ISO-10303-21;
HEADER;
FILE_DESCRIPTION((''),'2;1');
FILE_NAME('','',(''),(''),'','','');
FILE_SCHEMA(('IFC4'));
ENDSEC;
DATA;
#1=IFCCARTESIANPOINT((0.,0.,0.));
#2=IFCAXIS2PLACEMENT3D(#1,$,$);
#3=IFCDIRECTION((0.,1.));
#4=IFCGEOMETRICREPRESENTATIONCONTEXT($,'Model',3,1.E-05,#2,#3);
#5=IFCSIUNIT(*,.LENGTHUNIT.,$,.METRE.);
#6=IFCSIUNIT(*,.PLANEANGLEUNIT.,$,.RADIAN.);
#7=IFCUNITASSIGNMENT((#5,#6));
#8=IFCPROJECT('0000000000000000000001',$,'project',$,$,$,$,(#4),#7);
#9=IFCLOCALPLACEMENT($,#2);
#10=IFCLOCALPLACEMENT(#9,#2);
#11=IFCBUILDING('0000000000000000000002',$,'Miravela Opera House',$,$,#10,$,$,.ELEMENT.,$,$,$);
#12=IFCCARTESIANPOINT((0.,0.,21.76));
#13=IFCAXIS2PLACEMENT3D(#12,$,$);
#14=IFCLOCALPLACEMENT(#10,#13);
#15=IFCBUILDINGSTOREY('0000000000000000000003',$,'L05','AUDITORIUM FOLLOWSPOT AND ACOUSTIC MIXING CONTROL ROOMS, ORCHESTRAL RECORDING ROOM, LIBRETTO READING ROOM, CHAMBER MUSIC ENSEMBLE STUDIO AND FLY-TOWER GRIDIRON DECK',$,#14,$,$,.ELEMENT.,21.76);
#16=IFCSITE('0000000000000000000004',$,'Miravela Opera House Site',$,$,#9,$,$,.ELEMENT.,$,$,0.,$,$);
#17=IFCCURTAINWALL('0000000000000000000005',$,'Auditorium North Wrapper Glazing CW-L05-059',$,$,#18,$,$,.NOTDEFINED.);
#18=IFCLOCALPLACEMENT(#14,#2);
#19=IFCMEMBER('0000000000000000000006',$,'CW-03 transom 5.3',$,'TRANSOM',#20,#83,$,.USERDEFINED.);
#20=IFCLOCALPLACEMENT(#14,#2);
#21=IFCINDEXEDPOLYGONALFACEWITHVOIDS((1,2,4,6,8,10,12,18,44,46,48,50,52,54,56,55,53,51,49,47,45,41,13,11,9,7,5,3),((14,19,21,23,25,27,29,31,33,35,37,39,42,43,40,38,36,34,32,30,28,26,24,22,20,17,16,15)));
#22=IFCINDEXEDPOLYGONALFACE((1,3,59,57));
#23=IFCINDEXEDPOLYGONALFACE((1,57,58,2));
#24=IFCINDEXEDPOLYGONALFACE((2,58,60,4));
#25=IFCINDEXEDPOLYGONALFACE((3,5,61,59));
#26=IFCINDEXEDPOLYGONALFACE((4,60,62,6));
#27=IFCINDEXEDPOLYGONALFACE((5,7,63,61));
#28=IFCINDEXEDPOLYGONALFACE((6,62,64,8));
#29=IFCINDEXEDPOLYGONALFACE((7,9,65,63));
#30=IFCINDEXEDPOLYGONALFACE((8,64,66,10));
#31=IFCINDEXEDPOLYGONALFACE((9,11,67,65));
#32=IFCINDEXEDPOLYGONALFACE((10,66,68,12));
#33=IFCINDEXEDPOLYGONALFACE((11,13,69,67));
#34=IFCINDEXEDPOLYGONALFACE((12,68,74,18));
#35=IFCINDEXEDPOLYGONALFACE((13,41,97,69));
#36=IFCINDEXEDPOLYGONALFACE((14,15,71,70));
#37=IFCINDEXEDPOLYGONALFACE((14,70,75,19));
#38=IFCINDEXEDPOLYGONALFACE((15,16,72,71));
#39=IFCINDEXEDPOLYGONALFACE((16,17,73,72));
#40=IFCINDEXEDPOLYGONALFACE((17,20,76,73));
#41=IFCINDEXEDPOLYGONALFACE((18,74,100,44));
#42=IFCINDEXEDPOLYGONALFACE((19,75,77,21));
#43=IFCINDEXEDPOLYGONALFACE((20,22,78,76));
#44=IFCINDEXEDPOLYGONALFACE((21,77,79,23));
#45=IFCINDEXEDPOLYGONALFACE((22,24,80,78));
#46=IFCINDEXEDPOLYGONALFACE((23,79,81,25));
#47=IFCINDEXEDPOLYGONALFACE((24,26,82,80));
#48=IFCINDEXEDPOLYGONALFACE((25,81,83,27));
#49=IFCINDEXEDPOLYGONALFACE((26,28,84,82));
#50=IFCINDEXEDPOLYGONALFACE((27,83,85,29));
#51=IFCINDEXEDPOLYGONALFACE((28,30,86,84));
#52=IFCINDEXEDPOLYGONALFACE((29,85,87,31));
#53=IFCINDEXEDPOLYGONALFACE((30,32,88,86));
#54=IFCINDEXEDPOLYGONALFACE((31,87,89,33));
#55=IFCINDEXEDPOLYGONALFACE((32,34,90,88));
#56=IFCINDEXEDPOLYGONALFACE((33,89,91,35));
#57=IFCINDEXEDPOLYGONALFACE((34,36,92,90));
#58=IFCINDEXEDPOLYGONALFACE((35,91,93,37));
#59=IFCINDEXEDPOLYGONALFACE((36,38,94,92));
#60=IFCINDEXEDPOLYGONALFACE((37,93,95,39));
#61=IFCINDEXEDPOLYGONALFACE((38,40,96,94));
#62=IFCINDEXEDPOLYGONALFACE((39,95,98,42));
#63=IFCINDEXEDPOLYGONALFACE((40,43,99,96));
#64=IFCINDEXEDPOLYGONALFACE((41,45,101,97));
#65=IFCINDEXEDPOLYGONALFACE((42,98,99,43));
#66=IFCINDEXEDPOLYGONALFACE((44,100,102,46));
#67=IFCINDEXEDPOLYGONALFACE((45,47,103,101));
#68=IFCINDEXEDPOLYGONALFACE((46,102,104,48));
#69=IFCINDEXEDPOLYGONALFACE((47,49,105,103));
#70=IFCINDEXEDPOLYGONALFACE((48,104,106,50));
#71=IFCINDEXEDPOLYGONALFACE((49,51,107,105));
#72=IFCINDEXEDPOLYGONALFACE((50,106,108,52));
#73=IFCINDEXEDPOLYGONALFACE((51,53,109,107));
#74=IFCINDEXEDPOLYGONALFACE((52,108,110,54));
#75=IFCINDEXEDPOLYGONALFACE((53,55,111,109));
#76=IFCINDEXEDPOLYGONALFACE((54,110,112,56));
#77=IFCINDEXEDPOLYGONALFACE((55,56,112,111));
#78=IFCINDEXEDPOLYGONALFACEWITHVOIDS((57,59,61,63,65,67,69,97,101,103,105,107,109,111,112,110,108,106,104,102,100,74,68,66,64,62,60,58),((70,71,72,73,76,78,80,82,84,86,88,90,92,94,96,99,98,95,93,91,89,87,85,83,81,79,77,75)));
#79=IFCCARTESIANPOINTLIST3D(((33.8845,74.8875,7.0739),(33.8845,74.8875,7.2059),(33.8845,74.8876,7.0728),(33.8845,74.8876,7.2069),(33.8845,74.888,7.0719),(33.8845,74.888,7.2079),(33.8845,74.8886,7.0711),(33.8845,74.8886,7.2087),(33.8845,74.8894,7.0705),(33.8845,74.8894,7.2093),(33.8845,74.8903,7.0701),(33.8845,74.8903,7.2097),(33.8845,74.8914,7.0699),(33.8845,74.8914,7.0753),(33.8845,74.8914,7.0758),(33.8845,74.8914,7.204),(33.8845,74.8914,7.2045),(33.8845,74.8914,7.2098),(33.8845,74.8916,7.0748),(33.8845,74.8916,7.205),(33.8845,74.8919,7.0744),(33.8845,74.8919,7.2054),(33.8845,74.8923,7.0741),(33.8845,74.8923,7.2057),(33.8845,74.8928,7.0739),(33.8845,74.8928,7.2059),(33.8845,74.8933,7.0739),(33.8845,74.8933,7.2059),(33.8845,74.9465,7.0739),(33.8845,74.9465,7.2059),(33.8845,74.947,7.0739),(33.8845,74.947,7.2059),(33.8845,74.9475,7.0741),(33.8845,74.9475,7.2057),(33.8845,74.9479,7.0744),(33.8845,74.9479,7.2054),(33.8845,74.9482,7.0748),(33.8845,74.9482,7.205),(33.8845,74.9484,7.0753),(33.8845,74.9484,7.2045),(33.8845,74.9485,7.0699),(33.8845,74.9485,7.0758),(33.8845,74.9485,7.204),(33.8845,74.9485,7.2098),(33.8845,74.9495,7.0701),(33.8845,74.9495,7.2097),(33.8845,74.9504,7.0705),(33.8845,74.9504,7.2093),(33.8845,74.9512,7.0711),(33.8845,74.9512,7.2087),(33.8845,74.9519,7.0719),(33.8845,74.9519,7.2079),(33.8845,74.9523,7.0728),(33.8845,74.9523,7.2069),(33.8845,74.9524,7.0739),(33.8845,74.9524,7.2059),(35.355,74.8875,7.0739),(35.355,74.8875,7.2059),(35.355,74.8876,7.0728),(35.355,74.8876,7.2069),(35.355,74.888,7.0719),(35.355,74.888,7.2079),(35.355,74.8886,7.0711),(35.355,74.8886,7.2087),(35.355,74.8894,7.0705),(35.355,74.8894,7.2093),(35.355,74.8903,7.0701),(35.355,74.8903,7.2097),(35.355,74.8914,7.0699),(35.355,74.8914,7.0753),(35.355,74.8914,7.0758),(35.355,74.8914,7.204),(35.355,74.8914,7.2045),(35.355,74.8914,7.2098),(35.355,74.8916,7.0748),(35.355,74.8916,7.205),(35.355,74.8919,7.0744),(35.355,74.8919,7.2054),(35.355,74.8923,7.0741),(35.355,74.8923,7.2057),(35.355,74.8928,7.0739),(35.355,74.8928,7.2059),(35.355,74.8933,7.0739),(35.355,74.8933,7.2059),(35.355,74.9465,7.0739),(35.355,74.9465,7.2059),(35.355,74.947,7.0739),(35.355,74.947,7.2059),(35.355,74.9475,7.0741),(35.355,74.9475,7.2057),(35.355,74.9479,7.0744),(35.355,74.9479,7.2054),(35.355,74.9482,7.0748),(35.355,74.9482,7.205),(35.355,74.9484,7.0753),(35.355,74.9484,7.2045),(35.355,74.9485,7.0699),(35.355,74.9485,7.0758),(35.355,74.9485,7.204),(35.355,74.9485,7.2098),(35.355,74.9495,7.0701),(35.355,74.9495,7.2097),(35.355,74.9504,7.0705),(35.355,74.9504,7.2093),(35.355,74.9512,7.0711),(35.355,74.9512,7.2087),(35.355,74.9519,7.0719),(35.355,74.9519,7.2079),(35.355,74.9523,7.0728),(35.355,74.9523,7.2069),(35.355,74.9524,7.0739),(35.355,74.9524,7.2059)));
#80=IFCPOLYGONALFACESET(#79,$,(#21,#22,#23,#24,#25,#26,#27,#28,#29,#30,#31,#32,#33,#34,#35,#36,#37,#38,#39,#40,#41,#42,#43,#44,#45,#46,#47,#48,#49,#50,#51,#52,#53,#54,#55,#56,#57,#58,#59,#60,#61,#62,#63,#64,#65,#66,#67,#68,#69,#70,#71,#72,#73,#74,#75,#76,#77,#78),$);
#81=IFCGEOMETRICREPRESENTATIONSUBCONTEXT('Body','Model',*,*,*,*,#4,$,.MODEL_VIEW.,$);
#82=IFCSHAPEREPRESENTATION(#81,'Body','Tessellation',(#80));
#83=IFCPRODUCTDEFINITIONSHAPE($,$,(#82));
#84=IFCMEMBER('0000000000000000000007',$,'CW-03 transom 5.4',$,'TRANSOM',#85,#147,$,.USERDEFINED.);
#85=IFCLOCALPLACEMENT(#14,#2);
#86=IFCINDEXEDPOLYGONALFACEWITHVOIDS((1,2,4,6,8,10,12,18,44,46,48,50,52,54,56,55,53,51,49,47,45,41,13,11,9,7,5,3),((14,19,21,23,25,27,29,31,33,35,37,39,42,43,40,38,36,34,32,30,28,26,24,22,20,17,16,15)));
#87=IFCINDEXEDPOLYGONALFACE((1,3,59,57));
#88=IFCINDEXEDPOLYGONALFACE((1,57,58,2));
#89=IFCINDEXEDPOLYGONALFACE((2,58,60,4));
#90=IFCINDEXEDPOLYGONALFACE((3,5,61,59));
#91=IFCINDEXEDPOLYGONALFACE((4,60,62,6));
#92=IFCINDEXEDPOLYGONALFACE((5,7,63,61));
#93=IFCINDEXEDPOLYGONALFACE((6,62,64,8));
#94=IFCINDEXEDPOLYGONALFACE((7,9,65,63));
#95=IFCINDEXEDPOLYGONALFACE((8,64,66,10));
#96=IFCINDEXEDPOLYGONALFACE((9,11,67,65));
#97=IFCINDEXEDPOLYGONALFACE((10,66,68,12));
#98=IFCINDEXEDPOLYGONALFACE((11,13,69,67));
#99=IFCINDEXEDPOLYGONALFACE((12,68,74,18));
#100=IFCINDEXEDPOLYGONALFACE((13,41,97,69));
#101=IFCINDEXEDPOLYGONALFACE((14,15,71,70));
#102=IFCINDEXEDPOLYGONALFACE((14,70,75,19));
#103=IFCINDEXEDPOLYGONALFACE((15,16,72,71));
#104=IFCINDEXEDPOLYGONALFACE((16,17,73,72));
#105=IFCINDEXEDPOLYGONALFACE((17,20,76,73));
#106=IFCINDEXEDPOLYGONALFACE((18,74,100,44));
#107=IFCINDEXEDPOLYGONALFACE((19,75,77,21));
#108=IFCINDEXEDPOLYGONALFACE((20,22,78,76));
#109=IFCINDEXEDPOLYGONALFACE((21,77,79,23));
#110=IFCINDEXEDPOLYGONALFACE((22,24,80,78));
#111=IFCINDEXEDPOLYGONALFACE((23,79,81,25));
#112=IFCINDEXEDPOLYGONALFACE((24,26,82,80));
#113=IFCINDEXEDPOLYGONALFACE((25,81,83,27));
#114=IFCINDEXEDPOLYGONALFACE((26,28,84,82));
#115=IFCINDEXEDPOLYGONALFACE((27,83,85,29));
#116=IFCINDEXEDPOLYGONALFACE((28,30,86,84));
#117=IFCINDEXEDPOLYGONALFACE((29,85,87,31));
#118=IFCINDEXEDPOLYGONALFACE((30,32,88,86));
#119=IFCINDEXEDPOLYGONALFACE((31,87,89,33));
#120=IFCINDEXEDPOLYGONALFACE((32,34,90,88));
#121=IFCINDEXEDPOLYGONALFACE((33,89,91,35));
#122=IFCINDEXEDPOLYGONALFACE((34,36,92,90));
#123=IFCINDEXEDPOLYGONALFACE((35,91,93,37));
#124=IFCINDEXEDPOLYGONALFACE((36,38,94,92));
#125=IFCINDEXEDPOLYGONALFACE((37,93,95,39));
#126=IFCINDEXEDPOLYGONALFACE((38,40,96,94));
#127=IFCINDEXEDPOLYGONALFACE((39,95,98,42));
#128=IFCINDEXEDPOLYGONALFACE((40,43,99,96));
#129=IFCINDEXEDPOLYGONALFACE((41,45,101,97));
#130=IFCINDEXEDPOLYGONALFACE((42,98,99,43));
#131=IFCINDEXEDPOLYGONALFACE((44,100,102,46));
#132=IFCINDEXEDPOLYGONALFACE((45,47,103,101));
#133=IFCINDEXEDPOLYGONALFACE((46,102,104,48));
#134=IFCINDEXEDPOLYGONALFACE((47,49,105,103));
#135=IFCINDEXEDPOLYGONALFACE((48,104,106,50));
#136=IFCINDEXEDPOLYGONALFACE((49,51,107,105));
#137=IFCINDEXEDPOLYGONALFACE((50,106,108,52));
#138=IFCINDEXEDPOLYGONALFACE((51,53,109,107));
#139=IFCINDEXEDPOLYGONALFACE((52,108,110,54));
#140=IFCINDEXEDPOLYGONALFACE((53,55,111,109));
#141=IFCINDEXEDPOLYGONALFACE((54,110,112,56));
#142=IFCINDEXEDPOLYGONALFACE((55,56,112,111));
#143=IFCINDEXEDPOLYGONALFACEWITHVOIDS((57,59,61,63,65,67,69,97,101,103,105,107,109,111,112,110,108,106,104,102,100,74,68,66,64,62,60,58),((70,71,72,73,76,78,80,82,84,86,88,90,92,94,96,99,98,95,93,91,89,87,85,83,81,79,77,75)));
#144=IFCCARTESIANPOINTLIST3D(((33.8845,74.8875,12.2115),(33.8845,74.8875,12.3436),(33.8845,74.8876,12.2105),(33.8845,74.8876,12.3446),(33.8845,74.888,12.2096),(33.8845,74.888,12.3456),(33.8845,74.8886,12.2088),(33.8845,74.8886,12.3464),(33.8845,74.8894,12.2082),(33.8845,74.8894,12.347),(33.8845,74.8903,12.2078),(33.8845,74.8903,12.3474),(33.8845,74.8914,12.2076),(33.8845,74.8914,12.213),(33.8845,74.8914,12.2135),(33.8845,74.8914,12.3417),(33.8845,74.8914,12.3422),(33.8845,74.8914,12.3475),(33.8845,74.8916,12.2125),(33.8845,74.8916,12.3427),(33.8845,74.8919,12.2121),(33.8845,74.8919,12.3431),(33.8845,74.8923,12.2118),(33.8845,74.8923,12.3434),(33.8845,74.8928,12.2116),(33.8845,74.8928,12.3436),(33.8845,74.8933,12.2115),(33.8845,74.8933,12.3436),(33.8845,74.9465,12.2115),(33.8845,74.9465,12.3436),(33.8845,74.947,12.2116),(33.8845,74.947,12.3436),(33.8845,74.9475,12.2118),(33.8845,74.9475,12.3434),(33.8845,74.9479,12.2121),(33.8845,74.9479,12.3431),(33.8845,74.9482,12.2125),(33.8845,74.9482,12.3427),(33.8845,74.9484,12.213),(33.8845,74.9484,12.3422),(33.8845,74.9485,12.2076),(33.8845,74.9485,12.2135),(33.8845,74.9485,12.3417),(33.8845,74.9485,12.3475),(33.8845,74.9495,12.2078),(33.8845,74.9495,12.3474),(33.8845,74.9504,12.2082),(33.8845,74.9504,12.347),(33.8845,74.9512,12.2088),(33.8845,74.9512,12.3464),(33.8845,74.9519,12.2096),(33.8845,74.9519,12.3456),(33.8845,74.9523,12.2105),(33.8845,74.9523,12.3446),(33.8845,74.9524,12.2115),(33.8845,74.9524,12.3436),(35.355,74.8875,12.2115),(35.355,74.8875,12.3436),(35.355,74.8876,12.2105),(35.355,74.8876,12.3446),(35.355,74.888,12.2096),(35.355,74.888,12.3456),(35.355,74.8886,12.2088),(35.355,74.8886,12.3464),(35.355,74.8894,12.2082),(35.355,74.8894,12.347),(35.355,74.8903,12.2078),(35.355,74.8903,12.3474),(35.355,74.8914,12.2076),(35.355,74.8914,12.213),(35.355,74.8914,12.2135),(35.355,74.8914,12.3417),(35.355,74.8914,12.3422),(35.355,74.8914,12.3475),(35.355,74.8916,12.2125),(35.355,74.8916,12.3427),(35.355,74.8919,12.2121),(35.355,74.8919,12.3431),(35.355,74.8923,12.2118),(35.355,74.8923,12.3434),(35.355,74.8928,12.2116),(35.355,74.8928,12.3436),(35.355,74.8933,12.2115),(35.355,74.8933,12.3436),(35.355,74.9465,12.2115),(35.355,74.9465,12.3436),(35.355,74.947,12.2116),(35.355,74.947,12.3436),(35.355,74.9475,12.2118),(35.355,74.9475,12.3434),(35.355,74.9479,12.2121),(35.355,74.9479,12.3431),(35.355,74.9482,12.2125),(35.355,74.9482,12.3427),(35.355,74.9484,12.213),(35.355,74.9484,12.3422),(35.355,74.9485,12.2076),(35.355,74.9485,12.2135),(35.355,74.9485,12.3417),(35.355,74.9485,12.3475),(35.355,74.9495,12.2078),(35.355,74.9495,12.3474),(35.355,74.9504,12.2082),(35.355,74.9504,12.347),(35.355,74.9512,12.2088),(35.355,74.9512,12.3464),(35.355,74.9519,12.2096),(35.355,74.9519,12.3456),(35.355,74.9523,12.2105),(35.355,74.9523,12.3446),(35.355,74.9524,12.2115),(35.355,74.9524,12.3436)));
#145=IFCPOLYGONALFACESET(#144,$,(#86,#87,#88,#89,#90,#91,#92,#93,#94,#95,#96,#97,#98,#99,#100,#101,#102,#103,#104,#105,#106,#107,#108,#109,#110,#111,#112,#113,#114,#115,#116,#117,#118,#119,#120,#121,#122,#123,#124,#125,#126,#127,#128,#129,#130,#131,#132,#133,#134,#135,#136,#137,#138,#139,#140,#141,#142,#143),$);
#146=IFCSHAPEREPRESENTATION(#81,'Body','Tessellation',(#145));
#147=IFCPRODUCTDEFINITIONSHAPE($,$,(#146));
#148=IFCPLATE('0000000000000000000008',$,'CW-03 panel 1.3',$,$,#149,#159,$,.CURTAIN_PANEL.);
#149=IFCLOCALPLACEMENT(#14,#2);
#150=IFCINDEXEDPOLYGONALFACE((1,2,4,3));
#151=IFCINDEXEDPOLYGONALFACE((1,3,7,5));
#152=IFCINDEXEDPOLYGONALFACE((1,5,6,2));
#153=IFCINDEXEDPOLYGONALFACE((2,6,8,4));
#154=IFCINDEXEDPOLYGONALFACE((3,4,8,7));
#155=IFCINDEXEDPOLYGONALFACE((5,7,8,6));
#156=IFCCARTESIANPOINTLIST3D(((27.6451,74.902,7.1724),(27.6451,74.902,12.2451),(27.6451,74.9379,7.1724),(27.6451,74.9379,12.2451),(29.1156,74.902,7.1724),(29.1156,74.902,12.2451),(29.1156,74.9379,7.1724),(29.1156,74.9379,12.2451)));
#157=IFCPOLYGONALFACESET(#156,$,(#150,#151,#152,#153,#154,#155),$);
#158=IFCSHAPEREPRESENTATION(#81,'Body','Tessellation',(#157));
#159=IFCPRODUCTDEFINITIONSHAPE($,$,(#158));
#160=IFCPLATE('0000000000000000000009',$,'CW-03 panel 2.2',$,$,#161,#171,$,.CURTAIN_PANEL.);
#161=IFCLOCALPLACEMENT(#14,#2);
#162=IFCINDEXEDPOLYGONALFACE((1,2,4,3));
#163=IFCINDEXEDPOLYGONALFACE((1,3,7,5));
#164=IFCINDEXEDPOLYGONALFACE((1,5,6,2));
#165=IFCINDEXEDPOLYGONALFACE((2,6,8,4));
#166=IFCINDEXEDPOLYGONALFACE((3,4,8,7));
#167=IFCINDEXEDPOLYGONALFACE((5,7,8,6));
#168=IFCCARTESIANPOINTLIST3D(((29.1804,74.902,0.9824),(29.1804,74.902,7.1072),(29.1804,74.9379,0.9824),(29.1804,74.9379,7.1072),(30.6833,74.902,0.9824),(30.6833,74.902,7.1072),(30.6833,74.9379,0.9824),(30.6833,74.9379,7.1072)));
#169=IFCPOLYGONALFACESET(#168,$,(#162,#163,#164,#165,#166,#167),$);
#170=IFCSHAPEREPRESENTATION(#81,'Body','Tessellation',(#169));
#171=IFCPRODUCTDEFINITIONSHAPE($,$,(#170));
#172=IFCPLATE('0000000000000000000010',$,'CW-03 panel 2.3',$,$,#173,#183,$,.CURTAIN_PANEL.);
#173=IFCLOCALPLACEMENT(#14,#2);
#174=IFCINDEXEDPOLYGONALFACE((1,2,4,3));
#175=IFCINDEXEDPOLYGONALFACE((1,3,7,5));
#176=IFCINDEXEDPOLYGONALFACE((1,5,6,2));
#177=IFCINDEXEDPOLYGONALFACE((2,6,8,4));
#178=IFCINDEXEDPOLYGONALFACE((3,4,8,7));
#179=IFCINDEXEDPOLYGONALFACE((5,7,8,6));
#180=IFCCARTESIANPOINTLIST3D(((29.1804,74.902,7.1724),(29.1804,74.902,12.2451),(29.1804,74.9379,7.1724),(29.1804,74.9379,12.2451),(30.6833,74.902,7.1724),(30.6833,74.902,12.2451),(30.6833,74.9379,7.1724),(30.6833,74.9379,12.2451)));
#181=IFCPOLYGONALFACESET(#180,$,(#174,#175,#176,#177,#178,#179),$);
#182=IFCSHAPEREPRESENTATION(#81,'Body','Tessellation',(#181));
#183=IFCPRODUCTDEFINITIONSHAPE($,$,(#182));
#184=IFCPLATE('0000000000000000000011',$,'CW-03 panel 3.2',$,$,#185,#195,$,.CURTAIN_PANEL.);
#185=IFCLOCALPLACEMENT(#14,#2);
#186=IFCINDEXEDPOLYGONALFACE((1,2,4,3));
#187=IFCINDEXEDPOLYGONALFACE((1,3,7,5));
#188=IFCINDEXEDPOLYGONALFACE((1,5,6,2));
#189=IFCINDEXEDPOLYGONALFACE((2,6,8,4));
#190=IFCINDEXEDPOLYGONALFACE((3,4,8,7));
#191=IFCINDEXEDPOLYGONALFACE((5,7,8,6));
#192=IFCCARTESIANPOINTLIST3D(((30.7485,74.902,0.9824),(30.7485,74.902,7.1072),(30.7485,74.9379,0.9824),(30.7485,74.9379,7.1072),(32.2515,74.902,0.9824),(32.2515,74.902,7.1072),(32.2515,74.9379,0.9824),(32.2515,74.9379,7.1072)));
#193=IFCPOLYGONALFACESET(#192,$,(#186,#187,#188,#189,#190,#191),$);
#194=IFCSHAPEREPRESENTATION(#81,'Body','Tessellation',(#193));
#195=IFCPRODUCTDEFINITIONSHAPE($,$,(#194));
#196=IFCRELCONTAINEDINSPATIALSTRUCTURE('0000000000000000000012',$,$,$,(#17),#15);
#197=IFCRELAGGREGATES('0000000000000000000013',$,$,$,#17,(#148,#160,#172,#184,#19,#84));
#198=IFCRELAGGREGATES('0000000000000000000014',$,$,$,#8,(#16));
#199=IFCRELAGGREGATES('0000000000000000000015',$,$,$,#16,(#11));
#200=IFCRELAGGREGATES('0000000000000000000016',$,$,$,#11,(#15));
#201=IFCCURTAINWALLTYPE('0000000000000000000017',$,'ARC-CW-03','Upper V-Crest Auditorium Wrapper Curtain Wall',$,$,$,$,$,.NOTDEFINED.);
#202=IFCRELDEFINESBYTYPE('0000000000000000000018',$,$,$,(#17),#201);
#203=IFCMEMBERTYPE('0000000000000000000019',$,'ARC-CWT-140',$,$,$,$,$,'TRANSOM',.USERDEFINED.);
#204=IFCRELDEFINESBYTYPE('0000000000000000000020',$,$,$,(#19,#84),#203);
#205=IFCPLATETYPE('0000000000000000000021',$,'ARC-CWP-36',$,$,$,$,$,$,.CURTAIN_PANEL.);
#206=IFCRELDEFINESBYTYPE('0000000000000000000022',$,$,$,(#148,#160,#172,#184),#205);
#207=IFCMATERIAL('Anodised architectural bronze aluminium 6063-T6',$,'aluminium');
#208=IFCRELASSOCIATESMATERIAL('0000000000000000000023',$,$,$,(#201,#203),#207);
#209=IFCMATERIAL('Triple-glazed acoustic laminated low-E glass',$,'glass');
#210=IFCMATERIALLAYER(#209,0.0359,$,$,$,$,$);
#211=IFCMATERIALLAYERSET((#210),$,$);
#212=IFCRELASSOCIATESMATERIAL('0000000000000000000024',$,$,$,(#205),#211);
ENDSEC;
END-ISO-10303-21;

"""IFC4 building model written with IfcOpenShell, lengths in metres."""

from ifc_helpers import new_model, si_unit, direction, frame, origin, origin_2d, place, context, subcontext, project, spatial, rectangle, hollow_rectangle, extrude, material, layer, layer_set, material_profile, profile_set, type_object, element, aggregate, save


model = new_model("IFC4")

# Units and contexts
model_context = context("Model", 3, precision=1e-05, world=origin(), true_north=direction((0.0, 1.0)))
body_context = subcontext(model_context, "Body", "Model", "MODEL_VIEW")
ifc_project = project(units=[si_unit("LENGTHUNIT", "METRE"), si_unit("PLANEANGLEUNIT", "RADIAN")], contexts=[model_context])

# Site, building, storey
site_placement = place(None, origin())
site = spatial("IfcSite", under=ifc_project, at=site_placement, Name="Miravela Opera House Site", CompositionType="ELEMENT", RefElevation=0.0)
building_placement = place(site_placement, origin())
building = spatial("IfcBuilding", under=site, at=building_placement, Name="Miravela Opera House", CompositionType="ELEMENT")
storey_placement = place(building_placement, frame((0.0, 0.0, 21.76)))
storey = spatial("IfcBuildingStorey", under=building, at=storey_placement, Name="L05", Description="AUDITORIUM FOLLOWSPOT AND ACOUSTIC MIXING CONTROL ROOMS, ORCHESTRAL RECORDING ROOM, LIBRETTO READING ROOM, CHAMBER MUSIC ENSEMBLE STUDIO AND FLY-TOWER GRIDIRON DECK", CompositionType="ELEMENT", Elevation=21.76)

# Curtain wall, members, plates
ifc_material_1 = material(Name="Anodised architectural bronze aluminium 6063-T6", Category="aluminium")
curtain_wall_type = type_object("IfcCurtainWallType", Name="ARC-CW-03", Description="Upper V-Crest Auditorium Wrapper Curtain Wall", PredefinedType="NOTDEFINED", material=ifc_material_1)
curtain_wall_placement = place(storey_placement, origin())
curtain_wall = element("IfcCurtainWall", 1, at=curtain_wall_placement, inside=storey, type_object=curtain_wall_type, Name="Auditorium North Wrapper Glazing CW-L05-059", PredefinedType="NOTDEFINED")
ifc_material_profile = material_profile(ifc_material_1, hollow_rectangle(XDim=0.0649, YDim=0.1399, WallThickness=0.0039, InnerFilletRadius=0.002, OuterFilletRadius=0.0039, at=origin_2d()), Name="CWT-65X140")
ifc_profile_set = profile_set([ifc_material_profile])
member_type = type_object("IfcMemberType", Name="ARC-CWT-140", ElementType="TRANSOM", PredefinedType="USERDEFINED", material=ifc_profile_set)
member_1_placement = place(storey_placement, frame((33.8845, 74.9199, 7.1399), z_axis=(1.0, 0.0, 0.0), x_axis=(0.0, 1.0, 0.0)))
member_1 = element("IfcMember", 2, at=member_1_placement, type_object=member_type, Name="CW-03 transom 5.3", ObjectType="TRANSOM", PredefinedType="USERDEFINED", context=body_context, shape_type="SweptSolid", body=[
    extrude(hollow_rectangle(XDim=0.0649, YDim=0.1399, WallThickness=0.0039, InnerFilletRadius=0.002, OuterFilletRadius=0.0039, at=origin_2d()), origin(), (0.0, 0.0, 1.0), 1.4705),
])
member_2_placement = place(storey_placement, frame((33.8845, 74.9199, 12.2776), z_axis=(1.0, 0.0, 0.0), x_axis=(0.0, 1.0, 0.0)))
member_2 = element("IfcMember", 3, at=member_2_placement, type_object=member_type, Name="CW-03 transom 5.4", ObjectType="TRANSOM", PredefinedType="USERDEFINED", context=body_context, shape_type="SweptSolid", body=[
    extrude(hollow_rectangle(XDim=0.0649, YDim=0.1399, WallThickness=0.0039, InnerFilletRadius=0.002, OuterFilletRadius=0.0039, at=origin_2d()), origin(), (0.0, 0.0, 1.0), 1.4705),
])
ifc_material_2 = material(Name="Triple-glazed acoustic laminated low-E glass", Category="glass")
ifc_layer_1 = layer(ifc_material_2, 0.0359)
ifc_layer_set_1 = layer_set([ifc_layer_1])
plate_type_1 = type_object("IfcPlateType", Name="ARC-CWP-36", PredefinedType="CURTAIN_PANEL", material=ifc_layer_set_1)
plate_1_placement = place(storey_placement, frame((28.3804, 74.9199, 7.1724), z_axis=(0.0, 0.0, 1.0), x_axis=(1.0, 0.0, 0.0)))
plate_1 = element("IfcPlate", 4, at=plate_1_placement, type_object=plate_type_1, Name="CW-03 panel 1.3", PredefinedType="CURTAIN_PANEL", context=body_context, shape_type="SweptSolid", body=[
    extrude(rectangle(XDim=1.4705, YDim=0.0359, at=origin_2d()), origin(), (0.0, 0.0, 1.0), 5.0728),
])
plate_2_placement = place(storey_placement, frame((29.9319, 74.9199, 0.9824), z_axis=(0.0, 0.0, 1.0), x_axis=(1.0, 0.0, 0.0)))
plate_2 = element("IfcPlate", 5, at=plate_2_placement, type_object=plate_type_1, Name="CW-03 panel 2.2", PredefinedType="CURTAIN_PANEL", context=body_context, shape_type="SweptSolid", body=[
    extrude(rectangle(XDim=1.5029, YDim=0.0359, at=origin_2d()), origin(), (0.0, 0.0, 1.0), 6.1248),
])
plate_3_placement = place(storey_placement, frame((29.9319, 74.9199, 7.1724), z_axis=(0.0, 0.0, 1.0), x_axis=(1.0, 0.0, 0.0)))
plate_3 = element("IfcPlate", 6, at=plate_3_placement, type_object=plate_type_1, Name="CW-03 panel 2.3", PredefinedType="CURTAIN_PANEL", context=body_context, shape_type="SweptSolid", body=[
    extrude(rectangle(XDim=1.5029, YDim=0.0359, at=origin_2d()), origin(), (0.0, 0.0, 1.0), 5.0728),
])
plate_4_placement = place(storey_placement, frame((31.5, 74.9199, 0.9824), z_axis=(0.0, 0.0, 1.0), x_axis=(1.0, 0.0, 0.0)))
plate_4 = element("IfcPlate", 7, at=plate_4_placement, type_object=plate_type_1, Name="CW-03 panel 3.2", PredefinedType="CURTAIN_PANEL", context=body_context, shape_type="SweptSolid", body=[
    extrude(rectangle(XDim=1.5029, YDim=0.0359, at=origin_2d()), origin(), (0.0, 0.0, 1.0), 6.1248),
])
aggregate(curtain_wall, [plate_1, plate_2, plate_3, plate_4, member_1, member_2])

save(model, "model.ifc")
